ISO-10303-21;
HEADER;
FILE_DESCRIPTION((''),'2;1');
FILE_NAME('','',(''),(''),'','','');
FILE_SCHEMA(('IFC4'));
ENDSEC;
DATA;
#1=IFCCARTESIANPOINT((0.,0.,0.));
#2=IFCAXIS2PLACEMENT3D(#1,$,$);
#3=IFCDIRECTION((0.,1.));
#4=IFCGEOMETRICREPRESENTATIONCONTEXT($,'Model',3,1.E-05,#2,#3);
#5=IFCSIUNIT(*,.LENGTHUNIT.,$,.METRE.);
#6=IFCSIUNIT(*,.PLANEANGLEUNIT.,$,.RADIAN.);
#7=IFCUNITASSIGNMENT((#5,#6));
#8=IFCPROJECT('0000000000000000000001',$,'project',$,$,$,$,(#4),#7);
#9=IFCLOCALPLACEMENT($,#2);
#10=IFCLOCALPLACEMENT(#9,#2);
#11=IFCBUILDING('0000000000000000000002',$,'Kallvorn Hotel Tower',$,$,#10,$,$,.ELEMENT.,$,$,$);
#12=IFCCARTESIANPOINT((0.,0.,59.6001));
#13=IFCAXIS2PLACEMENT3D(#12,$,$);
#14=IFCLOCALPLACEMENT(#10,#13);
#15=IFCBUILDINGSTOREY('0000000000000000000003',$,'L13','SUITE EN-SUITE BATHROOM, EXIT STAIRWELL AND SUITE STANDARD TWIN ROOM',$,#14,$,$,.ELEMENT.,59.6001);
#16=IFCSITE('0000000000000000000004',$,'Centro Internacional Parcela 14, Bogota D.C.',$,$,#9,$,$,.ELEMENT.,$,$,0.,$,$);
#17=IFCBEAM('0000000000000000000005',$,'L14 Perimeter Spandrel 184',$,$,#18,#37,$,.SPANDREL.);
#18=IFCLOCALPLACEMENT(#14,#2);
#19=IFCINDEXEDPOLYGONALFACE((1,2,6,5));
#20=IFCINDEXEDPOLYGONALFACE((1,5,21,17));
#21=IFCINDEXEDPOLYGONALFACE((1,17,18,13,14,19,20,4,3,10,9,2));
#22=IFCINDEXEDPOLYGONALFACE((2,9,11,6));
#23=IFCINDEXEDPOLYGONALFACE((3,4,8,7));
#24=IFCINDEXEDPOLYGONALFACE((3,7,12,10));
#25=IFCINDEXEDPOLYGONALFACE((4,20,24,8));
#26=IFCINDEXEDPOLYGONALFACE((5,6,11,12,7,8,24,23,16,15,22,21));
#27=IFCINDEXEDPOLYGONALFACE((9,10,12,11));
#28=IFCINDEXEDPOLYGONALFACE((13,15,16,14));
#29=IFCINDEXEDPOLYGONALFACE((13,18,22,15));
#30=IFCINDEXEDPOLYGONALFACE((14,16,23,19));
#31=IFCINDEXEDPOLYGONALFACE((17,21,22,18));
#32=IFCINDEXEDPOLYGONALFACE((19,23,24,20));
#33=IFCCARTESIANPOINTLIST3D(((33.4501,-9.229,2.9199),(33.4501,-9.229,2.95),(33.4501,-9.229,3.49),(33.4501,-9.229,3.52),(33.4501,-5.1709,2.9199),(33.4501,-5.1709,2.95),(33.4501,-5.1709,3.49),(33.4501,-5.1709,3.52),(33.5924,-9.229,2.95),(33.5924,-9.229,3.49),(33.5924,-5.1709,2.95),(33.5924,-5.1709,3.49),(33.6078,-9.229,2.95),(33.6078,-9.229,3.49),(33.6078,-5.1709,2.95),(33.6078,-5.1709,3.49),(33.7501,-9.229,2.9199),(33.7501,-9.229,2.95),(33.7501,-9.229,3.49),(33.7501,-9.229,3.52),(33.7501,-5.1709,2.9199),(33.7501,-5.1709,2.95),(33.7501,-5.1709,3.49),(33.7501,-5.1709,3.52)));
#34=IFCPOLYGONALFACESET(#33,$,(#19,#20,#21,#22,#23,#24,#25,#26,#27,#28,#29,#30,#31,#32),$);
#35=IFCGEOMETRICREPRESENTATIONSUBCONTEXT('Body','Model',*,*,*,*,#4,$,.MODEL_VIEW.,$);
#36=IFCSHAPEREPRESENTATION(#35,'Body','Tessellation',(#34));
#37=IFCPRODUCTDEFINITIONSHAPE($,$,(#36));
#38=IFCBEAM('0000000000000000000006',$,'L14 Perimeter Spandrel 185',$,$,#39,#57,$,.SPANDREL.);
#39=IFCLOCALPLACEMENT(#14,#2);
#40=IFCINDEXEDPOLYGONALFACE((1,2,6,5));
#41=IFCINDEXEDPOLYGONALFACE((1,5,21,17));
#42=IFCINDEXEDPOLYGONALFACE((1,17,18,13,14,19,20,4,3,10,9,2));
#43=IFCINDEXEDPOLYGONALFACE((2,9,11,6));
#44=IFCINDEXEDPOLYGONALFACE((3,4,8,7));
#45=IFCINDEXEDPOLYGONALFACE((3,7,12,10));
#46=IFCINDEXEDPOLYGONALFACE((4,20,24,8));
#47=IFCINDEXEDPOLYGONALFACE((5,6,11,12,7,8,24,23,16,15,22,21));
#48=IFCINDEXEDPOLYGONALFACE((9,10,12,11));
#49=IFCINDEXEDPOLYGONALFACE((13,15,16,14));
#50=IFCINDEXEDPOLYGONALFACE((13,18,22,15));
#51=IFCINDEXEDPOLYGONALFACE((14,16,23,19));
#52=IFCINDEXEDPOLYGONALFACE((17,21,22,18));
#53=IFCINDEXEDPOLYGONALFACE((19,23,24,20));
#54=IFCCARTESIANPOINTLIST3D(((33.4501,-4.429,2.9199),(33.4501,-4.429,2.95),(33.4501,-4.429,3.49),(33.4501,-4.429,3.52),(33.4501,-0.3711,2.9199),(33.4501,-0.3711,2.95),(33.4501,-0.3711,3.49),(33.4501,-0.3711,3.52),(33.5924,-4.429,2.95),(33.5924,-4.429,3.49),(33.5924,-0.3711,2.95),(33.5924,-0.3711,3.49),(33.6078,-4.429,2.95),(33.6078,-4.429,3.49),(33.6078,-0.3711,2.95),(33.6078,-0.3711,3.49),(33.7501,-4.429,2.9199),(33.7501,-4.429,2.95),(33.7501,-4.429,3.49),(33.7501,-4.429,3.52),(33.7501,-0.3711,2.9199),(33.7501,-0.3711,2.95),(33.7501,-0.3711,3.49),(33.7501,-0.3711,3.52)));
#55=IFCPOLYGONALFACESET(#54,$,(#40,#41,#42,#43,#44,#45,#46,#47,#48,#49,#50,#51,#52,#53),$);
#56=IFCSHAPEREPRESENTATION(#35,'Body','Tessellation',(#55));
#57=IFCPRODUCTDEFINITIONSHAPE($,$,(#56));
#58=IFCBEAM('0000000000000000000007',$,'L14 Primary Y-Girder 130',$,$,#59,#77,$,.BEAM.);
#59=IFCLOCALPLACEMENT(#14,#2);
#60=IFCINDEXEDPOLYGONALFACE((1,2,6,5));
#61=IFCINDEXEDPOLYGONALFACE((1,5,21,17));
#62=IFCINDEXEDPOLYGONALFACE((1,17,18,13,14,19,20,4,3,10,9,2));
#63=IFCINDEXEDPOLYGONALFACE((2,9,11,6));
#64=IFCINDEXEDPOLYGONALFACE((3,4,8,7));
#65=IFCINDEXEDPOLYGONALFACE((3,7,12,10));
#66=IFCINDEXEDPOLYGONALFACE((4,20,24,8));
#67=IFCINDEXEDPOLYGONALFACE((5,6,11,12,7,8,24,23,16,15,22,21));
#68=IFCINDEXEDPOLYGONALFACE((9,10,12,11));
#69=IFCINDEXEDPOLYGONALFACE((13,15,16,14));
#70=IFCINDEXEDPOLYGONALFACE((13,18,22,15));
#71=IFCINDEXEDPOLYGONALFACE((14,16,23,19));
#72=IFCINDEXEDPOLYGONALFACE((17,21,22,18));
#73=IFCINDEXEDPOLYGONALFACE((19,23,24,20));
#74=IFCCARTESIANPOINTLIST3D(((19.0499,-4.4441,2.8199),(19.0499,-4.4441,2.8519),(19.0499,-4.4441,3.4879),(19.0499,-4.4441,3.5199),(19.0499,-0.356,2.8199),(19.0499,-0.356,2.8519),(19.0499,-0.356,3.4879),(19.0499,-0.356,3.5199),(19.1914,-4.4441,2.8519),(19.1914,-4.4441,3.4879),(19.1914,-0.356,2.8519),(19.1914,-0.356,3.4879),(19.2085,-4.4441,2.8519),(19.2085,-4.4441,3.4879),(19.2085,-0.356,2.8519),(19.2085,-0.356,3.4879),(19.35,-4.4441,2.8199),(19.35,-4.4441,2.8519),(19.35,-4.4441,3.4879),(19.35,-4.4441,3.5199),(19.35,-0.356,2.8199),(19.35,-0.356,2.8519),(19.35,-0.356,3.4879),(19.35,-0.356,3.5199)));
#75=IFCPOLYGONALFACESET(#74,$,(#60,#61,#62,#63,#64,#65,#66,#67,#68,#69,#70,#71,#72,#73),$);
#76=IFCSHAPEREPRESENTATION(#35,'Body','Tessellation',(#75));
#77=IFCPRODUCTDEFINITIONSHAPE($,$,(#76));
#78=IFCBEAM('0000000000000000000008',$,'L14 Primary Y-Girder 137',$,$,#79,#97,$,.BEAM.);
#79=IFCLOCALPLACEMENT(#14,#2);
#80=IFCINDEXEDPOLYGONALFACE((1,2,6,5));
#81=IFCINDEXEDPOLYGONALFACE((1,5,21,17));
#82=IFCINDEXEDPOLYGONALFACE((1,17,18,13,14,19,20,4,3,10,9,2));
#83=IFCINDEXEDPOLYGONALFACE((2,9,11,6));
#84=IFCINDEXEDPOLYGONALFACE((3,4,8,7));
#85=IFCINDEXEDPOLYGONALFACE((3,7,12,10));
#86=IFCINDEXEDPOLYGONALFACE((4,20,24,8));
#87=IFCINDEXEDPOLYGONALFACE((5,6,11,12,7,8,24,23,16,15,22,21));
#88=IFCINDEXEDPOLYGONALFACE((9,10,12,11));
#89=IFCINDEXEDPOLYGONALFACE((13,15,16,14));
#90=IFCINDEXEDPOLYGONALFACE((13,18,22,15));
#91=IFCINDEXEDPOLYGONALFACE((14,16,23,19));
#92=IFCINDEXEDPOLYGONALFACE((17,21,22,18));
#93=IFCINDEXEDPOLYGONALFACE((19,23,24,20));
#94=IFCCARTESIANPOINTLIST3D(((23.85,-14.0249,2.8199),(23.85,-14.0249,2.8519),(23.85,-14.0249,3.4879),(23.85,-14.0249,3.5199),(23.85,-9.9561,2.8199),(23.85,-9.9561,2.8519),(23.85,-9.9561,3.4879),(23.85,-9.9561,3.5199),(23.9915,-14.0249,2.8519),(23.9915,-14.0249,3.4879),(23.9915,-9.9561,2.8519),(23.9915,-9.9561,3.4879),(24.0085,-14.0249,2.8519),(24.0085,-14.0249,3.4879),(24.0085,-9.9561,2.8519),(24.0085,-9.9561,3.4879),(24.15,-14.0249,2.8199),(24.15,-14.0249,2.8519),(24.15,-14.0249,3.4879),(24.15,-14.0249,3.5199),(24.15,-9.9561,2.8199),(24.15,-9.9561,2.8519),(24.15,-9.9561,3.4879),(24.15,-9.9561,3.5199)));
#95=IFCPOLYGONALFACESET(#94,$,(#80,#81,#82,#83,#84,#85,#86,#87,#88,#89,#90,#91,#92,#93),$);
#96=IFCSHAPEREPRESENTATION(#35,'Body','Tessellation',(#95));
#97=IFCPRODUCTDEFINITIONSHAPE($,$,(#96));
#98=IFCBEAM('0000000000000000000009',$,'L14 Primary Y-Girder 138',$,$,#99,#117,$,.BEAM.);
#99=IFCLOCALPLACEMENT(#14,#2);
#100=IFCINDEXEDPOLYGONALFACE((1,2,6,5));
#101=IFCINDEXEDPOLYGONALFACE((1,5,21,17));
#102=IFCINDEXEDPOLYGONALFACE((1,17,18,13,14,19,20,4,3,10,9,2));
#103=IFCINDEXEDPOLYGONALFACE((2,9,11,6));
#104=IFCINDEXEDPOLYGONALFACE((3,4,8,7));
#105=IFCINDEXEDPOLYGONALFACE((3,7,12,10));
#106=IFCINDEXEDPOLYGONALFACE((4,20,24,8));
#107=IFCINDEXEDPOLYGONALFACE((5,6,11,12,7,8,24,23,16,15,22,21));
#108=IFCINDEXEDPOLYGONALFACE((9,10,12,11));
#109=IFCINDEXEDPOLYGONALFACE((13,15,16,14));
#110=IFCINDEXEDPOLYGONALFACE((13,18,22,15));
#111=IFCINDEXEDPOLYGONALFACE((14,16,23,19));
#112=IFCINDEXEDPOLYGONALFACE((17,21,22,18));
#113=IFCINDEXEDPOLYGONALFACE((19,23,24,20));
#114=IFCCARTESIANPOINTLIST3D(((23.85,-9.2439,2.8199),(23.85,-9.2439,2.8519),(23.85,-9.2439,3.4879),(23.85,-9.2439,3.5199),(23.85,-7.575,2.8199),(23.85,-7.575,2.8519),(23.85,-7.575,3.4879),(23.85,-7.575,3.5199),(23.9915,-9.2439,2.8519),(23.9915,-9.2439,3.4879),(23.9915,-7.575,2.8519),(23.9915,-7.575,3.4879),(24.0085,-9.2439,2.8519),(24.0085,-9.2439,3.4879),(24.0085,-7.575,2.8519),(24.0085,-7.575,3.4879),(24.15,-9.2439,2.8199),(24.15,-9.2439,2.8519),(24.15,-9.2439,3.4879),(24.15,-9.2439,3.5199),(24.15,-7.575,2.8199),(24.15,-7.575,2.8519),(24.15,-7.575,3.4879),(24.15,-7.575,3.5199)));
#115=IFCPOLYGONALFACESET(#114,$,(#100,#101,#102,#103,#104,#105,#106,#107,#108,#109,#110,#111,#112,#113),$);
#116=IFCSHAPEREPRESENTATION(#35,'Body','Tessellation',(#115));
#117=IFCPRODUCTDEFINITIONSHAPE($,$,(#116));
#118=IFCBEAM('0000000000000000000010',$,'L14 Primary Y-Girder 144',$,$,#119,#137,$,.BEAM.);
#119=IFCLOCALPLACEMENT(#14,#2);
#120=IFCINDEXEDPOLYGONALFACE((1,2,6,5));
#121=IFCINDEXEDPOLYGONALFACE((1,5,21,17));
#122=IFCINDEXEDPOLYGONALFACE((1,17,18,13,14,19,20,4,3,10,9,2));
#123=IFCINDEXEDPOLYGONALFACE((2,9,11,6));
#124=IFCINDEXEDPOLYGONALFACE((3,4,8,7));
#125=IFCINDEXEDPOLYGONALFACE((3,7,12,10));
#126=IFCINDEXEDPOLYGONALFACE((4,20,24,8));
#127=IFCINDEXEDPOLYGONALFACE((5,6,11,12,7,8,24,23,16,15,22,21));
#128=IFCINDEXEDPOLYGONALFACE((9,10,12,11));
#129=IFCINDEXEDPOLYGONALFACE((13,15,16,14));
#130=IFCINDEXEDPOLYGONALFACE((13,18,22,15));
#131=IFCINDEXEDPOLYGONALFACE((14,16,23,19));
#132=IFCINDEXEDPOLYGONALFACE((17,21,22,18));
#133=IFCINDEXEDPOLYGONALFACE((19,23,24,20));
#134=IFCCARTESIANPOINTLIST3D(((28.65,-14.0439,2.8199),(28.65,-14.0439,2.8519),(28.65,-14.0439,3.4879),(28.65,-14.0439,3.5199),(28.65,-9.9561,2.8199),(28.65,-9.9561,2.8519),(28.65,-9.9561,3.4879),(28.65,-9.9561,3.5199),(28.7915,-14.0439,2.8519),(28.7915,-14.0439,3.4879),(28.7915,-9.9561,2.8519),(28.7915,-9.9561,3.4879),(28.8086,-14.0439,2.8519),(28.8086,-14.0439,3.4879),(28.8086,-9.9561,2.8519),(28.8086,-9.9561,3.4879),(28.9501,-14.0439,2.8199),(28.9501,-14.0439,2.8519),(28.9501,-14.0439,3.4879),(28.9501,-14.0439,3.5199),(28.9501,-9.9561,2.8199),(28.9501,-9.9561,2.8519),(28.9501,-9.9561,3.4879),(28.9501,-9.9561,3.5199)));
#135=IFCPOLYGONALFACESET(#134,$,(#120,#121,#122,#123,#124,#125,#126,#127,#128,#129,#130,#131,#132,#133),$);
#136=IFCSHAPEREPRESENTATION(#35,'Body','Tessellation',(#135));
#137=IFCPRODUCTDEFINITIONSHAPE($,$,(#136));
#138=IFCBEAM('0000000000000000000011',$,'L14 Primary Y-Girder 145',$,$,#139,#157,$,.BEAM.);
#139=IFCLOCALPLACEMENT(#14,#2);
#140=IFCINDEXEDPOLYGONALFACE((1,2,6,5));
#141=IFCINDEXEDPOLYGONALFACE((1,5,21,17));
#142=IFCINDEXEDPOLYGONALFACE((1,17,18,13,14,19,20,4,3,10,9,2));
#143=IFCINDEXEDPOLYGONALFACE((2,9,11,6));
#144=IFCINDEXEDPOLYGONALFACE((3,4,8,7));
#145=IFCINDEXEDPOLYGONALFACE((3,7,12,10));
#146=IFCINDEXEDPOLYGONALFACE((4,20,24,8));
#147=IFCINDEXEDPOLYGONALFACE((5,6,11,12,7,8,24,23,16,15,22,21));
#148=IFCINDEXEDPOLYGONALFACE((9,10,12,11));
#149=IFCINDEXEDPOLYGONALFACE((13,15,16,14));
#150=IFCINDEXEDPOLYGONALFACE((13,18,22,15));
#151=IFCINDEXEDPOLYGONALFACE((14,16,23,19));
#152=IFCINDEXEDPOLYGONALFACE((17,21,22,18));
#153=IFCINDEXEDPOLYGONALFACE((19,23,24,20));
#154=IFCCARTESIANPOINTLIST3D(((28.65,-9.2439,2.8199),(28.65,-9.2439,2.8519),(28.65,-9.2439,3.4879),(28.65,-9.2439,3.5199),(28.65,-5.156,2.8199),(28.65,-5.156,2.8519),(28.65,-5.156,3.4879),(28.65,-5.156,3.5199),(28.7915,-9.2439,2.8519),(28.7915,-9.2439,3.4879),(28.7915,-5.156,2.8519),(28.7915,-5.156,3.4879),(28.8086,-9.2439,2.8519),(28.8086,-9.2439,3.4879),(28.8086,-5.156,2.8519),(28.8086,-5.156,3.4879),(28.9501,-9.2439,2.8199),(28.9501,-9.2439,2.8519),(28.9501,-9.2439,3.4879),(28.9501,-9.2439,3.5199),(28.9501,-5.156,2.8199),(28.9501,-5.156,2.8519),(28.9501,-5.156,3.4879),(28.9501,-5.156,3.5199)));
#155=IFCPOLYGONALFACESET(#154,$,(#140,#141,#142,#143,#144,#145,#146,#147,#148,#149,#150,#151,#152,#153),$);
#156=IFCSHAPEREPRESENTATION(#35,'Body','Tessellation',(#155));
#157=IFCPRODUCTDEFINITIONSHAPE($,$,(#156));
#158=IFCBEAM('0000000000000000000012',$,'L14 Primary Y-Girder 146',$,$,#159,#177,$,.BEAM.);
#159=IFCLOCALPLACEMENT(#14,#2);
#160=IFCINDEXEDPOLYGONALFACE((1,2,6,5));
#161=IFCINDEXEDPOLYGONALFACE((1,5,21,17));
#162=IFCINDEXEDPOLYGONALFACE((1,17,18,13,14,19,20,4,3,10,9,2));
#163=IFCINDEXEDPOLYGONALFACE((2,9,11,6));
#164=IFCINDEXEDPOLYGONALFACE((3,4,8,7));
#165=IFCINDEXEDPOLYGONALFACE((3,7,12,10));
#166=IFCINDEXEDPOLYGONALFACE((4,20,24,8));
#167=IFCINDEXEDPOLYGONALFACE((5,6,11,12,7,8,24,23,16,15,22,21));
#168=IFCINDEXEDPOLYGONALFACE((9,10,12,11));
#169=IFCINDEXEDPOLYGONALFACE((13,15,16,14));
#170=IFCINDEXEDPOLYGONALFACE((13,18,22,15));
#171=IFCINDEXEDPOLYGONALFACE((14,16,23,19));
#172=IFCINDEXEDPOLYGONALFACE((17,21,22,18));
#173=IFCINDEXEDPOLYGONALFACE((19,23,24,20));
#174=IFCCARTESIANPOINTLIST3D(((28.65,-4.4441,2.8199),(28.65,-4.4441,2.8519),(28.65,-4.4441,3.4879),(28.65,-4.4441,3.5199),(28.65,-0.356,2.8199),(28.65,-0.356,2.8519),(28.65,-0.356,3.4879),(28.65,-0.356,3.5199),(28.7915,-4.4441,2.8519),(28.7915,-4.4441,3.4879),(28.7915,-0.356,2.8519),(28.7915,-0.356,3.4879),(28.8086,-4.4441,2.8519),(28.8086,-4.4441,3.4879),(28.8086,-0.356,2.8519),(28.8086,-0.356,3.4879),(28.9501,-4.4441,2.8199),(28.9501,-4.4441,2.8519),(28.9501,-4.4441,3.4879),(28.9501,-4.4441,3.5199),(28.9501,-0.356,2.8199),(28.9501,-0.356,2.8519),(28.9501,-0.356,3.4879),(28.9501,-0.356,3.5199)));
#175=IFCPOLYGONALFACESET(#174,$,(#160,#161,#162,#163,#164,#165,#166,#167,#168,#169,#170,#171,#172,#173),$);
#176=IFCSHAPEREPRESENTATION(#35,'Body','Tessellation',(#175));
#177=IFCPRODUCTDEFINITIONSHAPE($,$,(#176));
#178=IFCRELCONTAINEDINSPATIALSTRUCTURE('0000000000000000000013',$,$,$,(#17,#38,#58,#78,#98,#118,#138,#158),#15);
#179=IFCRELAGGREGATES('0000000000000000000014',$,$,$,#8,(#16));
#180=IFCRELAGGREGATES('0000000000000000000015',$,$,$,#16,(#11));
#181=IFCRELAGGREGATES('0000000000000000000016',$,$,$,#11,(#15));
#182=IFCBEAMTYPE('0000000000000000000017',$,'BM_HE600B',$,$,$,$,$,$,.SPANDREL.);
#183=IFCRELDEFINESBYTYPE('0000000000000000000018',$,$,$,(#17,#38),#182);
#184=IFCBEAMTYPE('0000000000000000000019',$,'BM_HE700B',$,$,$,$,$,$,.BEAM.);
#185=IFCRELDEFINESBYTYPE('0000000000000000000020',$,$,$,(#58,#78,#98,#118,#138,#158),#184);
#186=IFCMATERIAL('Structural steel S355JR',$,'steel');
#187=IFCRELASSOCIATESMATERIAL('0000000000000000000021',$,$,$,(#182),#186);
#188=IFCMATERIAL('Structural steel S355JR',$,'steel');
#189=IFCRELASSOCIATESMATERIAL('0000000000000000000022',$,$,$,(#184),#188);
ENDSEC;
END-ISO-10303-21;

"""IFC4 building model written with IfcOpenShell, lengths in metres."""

from ifc_helpers import new_model, si_unit, direction, frame, origin, origin_2d, place, context, subcontext, project, spatial, i_section, extrude, material, material_profile, profile_set, type_object, element, save


model = new_model("IFC4")

# Units and contexts
model_context = context("Model", 3, precision=1e-05, world=origin(), true_north=direction((0.0, 1.0)))
body_context = subcontext(model_context, "Body", "Model", "MODEL_VIEW")
ifc_project = project(units=[si_unit("LENGTHUNIT", "METRE"), si_unit("PLANEANGLEUNIT", "RADIAN")], contexts=[model_context])

# Site, building, storey
site_placement = place(None, origin())
site = spatial("IfcSite", under=ifc_project, at=site_placement, Name="Centro Internacional Parcela 14, Bogota D.C.", CompositionType="ELEMENT", RefElevation=0.0)
building_placement = place(site_placement, origin())
building = spatial("IfcBuilding", under=site, at=building_placement, Name="Kallvorn Hotel Tower", CompositionType="ELEMENT")
storey_placement = place(building_placement, frame((0.0, 0.0, 59.6001)))
storey = spatial("IfcBuildingStorey", under=building, at=storey_placement, Name="L13", Description="SUITE EN-SUITE BATHROOM, EXIT STAIRWELL AND SUITE STANDARD TWIN ROOM", CompositionType="ELEMENT", Elevation=59.6001)

# Beams
ifc_material_1 = material(Name="Structural steel S355JR", Category="steel")
ifc_material_profile_1 = material_profile(ifc_material_1, i_section(OverallWidth=0.3, OverallDepth=0.6001, WebThickness=0.0154, FlangeThickness=0.03, at=origin_2d()), Name="HE 600 B")
ifc_profile_set_1 = profile_set([ifc_material_profile_1], Name="Structural steel S355JR")
beam_type_1 = type_object("IfcBeamType", Name="BM_HE600B", PredefinedType="SPANDREL", material=ifc_profile_set_1)
for number, where, z_axis, x_axis, name in (
    (1, (33.6001, -9.229, 3.22), (0.0, 1.0, 0.0), (-1.0, 0.0, 0.0), "L14 Perimeter Spandrel 184"),
):
    element("IfcBeam", number, at=place(storey_placement, frame(where, z_axis=z_axis, x_axis=x_axis)), inside=storey, type_object=beam_type_1, Name=name, PredefinedType="SPANDREL", context=body_context, shape_type="SweptSolid", body=[
        extrude(i_section(OverallWidth=0.3, OverallDepth=0.6001, WebThickness=0.0154, FlangeThickness=0.03, at=origin_2d()), origin(), (0.0, 0.0, 1.0), 4.0581),
    ])
beam_1_placement = place(storey_placement, frame((33.6001, -4.429, 3.22), z_axis=(0.0, 1.0, 0.0), x_axis=(-1.0, 0.0, 0.0)))
element("IfcBeam", 2, at=beam_1_placement, inside=storey, type_object=beam_type_1, Name="L14 Perimeter Spandrel 185", PredefinedType="SPANDREL", context=body_context, shape_type="SweptSolid", body=[
    extrude(i_section(OverallWidth=0.3, OverallDepth=0.6001, WebThickness=0.0154, FlangeThickness=0.03, at=origin_2d()), origin(), (0.0, 0.0, 1.0), 4.0579),
])
ifc_material_2 = material(Name="Structural steel S355JR", Category="steel")
ifc_material_profile_2 = material_profile(ifc_material_2, i_section(OverallWidth=0.3, OverallDepth=0.7, WebThickness=0.0171, FlangeThickness=0.032, at=origin_2d()), Name="HE 700 B")
ifc_profile_set_2 = profile_set([ifc_material_profile_2], Name="Structural steel S355JR")
beam_type_2 = type_object("IfcBeamType", Name="BM_HE700B", PredefinedType="BEAM", material=ifc_profile_set_2)
beam_2_placement = place(storey_placement, frame((19.2, -4.4441, 3.1699), z_axis=(0.0, 1.0, 0.0), x_axis=(-1.0, 0.0, 0.0)))
element("IfcBeam", 3, at=beam_2_placement, inside=storey, type_object=beam_type_2, Name="L14 Primary Y-Girder 130", PredefinedType="BEAM", context=body_context, shape_type="SweptSolid", body=[
    extrude(i_section(OverallWidth=0.3, OverallDepth=0.7, WebThickness=0.0171, FlangeThickness=0.032, at=origin_2d()), origin(), (0.0, 0.0, 1.0), 4.0881),
])
beam_3_placement = place(storey_placement, frame((24.0, -14.0249, 3.1699), z_axis=(0.0, 1.0, 0.0), x_axis=(-1.0, 0.0, 0.0)))
element("IfcBeam", 4, at=beam_3_placement, inside=storey, type_object=beam_type_2, Name="L14 Primary Y-Girder 137", PredefinedType="BEAM", context=body_context, shape_type="SweptSolid", body=[
    extrude(i_section(OverallWidth=0.3, OverallDepth=0.7, WebThickness=0.0171, FlangeThickness=0.032, at=origin_2d()), origin(), (0.0, 0.0, 1.0), 4.0688),
])
beam_4_placement = place(storey_placement, frame((24.0, -9.2439, 3.1699), z_axis=(0.0, 1.0, 0.0), x_axis=(-1.0, 0.0, 0.0)))
element("IfcBeam", 5, at=beam_4_placement, inside=storey, type_object=beam_type_2, Name="L14 Primary Y-Girder 138", PredefinedType="BEAM", context=body_context, shape_type="SweptSolid", body=[
    extrude(i_section(OverallWidth=0.3, OverallDepth=0.7, WebThickness=0.0171, FlangeThickness=0.032, at=origin_2d()), origin(), (0.0, 0.0, 1.0), 1.6689),
])
for number, where, z_axis, x_axis, name in (
    (6, (28.8, -14.0439, 3.1699), (0.0, 1.0, 0.0), (-1.0, 0.0, 0.0), "L14 Primary Y-Girder 144"),
    (7, (28.8, -9.2439, 3.1699), (0.0, 1.0, 0.0), (-1.0, 0.0, 0.0), "L14 Primary Y-Girder 145"),
):
    element("IfcBeam", number, at=place(storey_placement, frame(where, z_axis=z_axis, x_axis=x_axis)), inside=storey, type_object=beam_type_2, Name=name, PredefinedType="BEAM", context=body_context, shape_type="SweptSolid", body=[
        extrude(i_section(OverallWidth=0.3, OverallDepth=0.7, WebThickness=0.0171, FlangeThickness=0.032, at=origin_2d()), origin(), (0.0, 0.0, 1.0), 4.0879),
    ])
beam_5_placement = place(storey_placement, frame((28.8, -4.4441, 3.1699), z_axis=(0.0, 1.0, 0.0), x_axis=(-1.0, 0.0, 0.0)))
element("IfcBeam", 8, at=beam_5_placement, inside=storey, type_object=beam_type_2, Name="L14 Primary Y-Girder 146", PredefinedType="BEAM", context=body_context, shape_type="SweptSolid", body=[
    extrude(i_section(OverallWidth=0.3, OverallDepth=0.7, WebThickness=0.0171, FlangeThickness=0.032, at=origin_2d()), origin(), (0.0, 0.0, 1.0), 4.0881),
])

save(model, "model.ifc")
